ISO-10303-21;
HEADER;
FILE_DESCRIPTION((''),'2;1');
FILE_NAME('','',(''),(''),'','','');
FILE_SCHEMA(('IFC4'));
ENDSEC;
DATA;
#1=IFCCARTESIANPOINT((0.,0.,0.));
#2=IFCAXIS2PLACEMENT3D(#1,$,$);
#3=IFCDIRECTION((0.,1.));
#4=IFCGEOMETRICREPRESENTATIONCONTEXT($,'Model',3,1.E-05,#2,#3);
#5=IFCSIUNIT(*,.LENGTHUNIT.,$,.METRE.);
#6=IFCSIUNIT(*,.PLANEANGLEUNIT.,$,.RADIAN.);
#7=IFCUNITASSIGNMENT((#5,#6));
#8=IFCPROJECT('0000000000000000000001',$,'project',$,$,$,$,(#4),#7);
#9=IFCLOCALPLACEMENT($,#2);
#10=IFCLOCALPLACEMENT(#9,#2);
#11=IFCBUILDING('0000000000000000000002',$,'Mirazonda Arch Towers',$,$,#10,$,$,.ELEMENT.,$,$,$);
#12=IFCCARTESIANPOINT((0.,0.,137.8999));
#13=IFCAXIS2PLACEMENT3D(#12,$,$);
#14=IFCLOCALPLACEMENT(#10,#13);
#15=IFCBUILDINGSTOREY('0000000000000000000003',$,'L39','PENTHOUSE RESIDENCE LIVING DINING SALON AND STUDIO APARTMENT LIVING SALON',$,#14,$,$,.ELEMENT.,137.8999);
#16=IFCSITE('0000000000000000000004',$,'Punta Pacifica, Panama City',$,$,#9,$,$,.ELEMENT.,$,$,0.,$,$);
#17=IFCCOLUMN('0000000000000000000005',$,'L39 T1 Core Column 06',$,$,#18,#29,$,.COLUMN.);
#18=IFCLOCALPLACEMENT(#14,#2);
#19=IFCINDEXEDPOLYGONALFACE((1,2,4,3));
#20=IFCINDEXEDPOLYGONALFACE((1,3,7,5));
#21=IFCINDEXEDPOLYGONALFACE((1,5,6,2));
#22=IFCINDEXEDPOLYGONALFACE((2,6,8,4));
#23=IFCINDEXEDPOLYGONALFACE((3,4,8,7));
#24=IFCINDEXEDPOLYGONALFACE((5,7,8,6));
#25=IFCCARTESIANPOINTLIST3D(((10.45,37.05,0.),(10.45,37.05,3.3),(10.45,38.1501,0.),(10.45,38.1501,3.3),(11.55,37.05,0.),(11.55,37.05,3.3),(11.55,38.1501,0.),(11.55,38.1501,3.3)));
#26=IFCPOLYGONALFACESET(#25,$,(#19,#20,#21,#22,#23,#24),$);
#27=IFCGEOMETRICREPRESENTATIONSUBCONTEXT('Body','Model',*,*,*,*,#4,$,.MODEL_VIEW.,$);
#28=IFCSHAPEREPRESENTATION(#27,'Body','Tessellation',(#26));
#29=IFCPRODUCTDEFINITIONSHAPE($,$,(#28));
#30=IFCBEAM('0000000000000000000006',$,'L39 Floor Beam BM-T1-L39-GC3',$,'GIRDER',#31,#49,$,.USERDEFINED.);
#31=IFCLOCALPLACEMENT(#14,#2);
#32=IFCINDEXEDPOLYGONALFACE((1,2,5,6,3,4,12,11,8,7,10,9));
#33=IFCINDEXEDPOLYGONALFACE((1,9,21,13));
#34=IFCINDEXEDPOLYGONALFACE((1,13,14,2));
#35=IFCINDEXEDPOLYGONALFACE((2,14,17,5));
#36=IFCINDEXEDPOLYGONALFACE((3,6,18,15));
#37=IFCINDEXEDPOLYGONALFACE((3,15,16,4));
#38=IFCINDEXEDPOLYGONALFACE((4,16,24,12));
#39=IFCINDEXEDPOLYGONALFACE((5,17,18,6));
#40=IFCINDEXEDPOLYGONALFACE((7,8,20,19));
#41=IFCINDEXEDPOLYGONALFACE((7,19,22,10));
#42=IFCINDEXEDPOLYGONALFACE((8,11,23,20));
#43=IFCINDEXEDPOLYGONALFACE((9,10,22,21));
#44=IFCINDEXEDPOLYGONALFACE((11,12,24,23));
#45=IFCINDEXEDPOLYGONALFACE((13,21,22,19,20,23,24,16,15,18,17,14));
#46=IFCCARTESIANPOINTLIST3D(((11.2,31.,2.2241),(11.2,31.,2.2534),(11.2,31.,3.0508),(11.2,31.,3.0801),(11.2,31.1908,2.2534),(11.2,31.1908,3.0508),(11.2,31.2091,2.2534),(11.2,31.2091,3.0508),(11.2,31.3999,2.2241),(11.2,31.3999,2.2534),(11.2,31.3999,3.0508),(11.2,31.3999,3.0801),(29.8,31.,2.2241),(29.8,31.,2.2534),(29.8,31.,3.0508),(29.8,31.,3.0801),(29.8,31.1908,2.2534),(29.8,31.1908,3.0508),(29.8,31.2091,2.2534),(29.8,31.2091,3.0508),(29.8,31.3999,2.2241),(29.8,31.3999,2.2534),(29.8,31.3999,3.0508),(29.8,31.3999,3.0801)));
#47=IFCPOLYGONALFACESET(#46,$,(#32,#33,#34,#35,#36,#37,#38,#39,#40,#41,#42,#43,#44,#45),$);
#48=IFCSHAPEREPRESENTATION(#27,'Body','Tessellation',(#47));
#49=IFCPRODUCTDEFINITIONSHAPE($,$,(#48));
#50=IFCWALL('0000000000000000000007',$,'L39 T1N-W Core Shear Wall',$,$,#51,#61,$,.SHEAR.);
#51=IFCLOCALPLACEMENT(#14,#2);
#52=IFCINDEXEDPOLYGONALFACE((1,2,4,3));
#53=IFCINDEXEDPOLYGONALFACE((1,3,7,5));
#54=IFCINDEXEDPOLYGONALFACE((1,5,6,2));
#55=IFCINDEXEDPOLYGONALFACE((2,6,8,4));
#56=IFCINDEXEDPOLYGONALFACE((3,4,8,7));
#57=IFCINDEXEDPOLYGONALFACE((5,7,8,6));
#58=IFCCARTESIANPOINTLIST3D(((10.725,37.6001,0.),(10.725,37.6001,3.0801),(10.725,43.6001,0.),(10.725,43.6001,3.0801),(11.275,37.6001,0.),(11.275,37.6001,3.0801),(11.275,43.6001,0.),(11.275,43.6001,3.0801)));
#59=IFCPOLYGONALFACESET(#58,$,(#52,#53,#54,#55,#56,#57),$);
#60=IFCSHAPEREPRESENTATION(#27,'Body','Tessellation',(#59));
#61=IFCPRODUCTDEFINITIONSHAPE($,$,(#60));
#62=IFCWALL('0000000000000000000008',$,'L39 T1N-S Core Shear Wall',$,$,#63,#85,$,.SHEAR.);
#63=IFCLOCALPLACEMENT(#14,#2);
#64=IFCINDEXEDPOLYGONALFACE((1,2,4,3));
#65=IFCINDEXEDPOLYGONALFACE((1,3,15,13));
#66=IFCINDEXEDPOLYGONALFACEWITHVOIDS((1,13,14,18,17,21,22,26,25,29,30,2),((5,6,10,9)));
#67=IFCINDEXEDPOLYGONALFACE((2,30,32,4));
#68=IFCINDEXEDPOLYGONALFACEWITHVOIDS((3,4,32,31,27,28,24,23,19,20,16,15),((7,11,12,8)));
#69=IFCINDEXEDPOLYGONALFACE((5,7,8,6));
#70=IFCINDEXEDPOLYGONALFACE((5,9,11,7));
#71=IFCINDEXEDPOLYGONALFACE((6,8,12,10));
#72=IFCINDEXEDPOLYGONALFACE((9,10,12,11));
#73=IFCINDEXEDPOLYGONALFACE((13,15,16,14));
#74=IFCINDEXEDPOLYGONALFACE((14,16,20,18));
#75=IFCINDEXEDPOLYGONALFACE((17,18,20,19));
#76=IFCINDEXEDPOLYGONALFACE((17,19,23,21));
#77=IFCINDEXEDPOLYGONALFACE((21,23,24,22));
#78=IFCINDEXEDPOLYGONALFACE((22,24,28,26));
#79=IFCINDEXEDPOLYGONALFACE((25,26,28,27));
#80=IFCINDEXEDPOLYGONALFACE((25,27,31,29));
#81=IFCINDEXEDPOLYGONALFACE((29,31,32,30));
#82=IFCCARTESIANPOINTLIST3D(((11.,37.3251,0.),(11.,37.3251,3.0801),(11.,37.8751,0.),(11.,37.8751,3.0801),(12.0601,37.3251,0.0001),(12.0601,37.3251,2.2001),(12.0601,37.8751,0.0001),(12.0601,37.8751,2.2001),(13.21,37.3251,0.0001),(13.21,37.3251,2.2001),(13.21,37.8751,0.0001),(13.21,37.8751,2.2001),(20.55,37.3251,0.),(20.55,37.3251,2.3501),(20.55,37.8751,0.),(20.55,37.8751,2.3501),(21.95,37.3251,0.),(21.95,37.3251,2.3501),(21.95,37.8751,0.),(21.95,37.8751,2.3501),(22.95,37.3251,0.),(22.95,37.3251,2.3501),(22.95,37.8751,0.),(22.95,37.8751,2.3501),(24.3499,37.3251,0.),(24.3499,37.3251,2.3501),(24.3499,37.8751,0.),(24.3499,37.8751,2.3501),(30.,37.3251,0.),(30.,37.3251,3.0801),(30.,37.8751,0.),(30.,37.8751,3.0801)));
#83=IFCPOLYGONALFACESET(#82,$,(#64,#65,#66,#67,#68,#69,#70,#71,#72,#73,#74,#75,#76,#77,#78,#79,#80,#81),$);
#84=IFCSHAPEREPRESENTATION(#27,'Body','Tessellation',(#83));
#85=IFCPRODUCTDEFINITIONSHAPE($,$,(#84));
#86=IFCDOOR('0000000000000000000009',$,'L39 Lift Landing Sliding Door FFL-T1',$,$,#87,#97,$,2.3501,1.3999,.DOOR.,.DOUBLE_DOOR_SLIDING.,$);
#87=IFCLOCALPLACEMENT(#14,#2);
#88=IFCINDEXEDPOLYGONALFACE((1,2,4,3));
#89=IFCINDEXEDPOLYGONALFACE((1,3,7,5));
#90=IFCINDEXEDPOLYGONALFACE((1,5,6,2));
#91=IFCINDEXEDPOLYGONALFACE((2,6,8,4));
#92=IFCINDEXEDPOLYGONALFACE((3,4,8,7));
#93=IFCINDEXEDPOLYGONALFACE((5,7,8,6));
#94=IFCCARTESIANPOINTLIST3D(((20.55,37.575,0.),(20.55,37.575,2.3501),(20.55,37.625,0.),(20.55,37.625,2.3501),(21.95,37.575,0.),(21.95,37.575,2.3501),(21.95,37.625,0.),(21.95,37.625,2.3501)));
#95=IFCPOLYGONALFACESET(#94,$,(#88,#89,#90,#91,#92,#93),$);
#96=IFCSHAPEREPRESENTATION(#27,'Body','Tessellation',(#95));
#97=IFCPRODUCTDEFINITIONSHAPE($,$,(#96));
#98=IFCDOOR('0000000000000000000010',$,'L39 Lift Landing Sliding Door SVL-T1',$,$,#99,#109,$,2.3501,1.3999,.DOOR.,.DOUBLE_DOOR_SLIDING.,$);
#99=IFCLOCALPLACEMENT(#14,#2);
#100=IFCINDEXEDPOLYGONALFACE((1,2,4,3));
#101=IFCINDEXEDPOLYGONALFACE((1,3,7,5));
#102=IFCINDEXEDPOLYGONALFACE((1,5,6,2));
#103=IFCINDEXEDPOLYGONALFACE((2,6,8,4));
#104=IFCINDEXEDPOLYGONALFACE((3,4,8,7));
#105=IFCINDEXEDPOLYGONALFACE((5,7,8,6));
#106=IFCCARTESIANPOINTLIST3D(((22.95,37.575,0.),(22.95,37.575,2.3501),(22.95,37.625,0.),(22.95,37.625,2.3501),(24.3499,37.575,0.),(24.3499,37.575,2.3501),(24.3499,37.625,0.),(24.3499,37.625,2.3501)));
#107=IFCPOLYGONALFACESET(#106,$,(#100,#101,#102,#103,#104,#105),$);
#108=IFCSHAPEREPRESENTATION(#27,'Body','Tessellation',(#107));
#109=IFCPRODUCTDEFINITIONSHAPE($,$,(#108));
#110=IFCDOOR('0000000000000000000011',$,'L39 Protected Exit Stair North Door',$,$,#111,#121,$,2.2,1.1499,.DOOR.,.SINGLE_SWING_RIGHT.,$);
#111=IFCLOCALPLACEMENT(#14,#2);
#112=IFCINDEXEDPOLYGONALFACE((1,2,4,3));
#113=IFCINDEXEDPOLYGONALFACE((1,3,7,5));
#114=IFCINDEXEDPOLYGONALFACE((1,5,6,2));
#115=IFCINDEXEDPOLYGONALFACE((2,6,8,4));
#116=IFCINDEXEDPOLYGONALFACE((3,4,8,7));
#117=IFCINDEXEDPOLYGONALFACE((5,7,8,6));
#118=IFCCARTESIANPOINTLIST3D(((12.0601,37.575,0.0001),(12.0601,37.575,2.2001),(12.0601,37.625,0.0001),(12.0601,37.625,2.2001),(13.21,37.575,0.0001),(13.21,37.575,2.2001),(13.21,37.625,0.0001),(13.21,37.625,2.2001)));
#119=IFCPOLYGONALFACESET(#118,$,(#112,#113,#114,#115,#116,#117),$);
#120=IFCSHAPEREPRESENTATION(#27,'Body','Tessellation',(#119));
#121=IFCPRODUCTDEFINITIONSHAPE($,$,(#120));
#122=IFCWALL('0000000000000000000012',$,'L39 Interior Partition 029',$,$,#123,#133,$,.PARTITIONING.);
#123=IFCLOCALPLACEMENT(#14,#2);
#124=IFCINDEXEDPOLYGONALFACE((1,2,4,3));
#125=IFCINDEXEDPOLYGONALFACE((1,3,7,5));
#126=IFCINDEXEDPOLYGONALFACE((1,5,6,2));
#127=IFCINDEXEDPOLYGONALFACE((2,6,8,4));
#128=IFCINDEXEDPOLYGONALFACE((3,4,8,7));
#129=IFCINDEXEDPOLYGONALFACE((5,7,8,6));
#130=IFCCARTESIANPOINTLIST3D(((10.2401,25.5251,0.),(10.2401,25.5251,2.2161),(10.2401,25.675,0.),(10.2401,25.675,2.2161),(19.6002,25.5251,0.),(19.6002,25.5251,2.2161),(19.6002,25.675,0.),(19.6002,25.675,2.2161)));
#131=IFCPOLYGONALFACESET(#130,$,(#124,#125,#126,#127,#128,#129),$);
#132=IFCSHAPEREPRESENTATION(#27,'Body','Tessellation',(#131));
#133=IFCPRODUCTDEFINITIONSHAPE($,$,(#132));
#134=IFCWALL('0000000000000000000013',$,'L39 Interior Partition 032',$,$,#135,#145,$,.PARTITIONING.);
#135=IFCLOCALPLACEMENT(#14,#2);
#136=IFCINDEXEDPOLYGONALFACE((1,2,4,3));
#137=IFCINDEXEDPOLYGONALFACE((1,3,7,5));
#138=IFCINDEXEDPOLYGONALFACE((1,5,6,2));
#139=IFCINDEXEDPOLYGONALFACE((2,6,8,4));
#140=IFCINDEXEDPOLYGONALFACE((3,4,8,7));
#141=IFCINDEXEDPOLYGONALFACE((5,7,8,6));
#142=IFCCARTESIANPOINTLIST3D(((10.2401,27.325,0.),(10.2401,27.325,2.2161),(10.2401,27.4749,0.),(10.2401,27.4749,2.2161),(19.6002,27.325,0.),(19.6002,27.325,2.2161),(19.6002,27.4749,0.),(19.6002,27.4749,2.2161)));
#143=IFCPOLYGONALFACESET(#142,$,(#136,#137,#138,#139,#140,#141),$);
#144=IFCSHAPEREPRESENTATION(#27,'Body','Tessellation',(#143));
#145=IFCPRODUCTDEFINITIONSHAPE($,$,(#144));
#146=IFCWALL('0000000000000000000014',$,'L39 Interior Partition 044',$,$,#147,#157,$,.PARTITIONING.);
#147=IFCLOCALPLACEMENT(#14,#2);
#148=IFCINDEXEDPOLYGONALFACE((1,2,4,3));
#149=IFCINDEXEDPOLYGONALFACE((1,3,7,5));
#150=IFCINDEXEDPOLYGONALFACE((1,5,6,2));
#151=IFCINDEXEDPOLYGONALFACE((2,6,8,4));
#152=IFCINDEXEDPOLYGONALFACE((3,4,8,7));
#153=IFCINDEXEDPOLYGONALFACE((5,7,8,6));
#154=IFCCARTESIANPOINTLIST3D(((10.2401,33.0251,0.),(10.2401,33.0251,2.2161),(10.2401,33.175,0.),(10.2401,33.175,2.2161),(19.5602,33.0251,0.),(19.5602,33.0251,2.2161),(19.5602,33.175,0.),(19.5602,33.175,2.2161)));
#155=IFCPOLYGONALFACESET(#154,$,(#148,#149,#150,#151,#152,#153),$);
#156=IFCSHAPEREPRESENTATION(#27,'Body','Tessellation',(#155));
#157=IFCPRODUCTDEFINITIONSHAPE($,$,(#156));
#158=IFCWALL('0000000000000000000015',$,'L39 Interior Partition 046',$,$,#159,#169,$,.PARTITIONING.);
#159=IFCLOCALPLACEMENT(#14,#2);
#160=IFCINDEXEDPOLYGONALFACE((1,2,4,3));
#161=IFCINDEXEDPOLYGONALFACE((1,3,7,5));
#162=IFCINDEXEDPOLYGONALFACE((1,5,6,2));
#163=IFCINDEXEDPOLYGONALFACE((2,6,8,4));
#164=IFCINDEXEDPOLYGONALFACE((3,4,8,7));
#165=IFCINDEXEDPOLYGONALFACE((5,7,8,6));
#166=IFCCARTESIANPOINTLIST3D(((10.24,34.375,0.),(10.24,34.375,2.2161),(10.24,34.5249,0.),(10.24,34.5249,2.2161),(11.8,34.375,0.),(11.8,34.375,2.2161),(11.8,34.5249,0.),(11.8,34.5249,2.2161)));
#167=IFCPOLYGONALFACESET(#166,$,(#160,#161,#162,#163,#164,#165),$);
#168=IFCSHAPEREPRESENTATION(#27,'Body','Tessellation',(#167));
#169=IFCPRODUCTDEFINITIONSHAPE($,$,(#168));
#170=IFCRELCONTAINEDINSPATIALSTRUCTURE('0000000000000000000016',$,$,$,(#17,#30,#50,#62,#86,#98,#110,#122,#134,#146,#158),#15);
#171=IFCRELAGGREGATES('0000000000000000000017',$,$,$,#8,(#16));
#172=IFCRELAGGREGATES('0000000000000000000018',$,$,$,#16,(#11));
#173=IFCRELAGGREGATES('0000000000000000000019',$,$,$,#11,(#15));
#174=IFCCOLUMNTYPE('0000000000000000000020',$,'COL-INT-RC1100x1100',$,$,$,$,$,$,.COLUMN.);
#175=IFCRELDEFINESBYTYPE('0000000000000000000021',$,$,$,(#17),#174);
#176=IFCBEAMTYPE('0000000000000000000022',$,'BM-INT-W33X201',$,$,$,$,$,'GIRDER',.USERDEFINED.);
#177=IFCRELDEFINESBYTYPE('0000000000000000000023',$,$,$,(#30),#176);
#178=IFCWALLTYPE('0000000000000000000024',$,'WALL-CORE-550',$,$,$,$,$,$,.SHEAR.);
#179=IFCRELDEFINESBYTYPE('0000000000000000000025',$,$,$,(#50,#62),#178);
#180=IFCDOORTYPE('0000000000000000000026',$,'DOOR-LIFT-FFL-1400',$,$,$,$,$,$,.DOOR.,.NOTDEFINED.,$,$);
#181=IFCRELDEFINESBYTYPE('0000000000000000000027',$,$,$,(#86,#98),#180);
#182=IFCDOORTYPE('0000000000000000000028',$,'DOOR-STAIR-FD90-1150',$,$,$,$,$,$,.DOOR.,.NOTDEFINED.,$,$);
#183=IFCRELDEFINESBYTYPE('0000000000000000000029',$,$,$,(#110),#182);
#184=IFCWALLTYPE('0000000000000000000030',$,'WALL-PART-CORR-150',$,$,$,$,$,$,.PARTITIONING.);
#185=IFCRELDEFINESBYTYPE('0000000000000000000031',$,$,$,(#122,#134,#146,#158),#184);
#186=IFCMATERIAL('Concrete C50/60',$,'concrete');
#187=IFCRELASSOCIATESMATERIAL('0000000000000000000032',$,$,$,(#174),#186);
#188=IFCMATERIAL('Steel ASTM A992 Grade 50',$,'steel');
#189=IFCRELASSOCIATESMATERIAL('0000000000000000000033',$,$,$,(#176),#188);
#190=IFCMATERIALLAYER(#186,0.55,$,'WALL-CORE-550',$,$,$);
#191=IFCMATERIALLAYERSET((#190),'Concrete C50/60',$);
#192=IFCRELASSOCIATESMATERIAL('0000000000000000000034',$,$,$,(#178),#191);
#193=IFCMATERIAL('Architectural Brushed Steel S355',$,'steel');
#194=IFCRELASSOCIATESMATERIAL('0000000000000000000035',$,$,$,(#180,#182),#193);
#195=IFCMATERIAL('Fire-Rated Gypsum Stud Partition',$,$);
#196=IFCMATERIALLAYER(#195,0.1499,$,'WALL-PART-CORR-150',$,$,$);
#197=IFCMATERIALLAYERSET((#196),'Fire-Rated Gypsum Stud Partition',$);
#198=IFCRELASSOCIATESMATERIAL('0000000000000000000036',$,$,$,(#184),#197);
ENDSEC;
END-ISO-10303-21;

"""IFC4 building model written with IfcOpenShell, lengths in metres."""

from ifc_helpers import new_model, si_unit, direction, frame, frame_2d, origin, origin_2d, place, context, subcontext, project, spatial, rectangle, i_section, extrude, material, layer, layer_set, material_profile, profile_set, type_object, element, fill, save


model = new_model("IFC4")

# Units and contexts
model_context = context("Model", 3, precision=1e-05, world=origin(), true_north=direction((0.0, 1.0)))
body_context = subcontext(model_context, "Body", "Model", "MODEL_VIEW")
ifc_project = project(units=[si_unit("LENGTHUNIT", "METRE"), si_unit("PLANEANGLEUNIT", "RADIAN")], contexts=[model_context])

# Site, building, storey
site_placement = place(None, origin())
site = spatial("IfcSite", under=ifc_project, at=site_placement, Name="Punta Pacifica, Panama City", CompositionType="ELEMENT", RefElevation=0.0)
building_placement = place(site_placement, origin())
building = spatial("IfcBuilding", under=site, at=building_placement, Name="Mirazonda Arch Towers", CompositionType="ELEMENT")
storey_placement = place(building_placement, frame((0.0, 0.0, 137.8999)))
storey = spatial("IfcBuildingStorey", under=building, at=storey_placement, Name="L39", Description="PENTHOUSE RESIDENCE LIVING DINING SALON AND STUDIO APARTMENT LIVING SALON", CompositionType="ELEMENT", Elevation=137.8999)

# Column
ifc_material_1 = material(Name="Concrete C50/60", Category="concrete")
ifc_material_profile_1 = material_profile(ifc_material_1, rectangle(XDim=1.1001, YDim=1.1001, at=origin_2d()), Name="RC1100x1100")
ifc_profile_set_1 = profile_set([ifc_material_profile_1], Name="Concrete C50/60")
column_type = type_object("IfcColumnType", Name="COL-INT-RC1100x1100", PredefinedType="COLUMN", material=ifc_profile_set_1)
column_placement = place(storey_placement, frame((11.0, 37.6001, 0.0), z_axis=(0.0, 0.0, 1.0), x_axis=(1.0, 0.0, 0.0)))
element("IfcColumn", 1, at=column_placement, inside=storey, type_object=column_type, Name="L39 T1 Core Column 06", PredefinedType="COLUMN", context=body_context, shape_type="SweptSolid", body=[
    extrude(rectangle(XDim=1.1001, YDim=1.1001, at=origin_2d()), origin(), (0.0, 0.0, 1.0), 3.3),
])

# Beam
ifc_material_2 = material(Name="Steel ASTM A992 Grade 50", Category="steel")
ifc_material_profile_2 = material_profile(ifc_material_2, i_section(OverallWidth=0.3999, OverallDepth=0.856, WebThickness=0.0183, FlangeThickness=0.0293, at=origin_2d()), Name="W33X201")
ifc_profile_set_2 = profile_set([ifc_material_profile_2], Name="Steel ASTM A992 Grade 50")
beam_type = type_object("IfcBeamType", Name="BM-INT-W33X201", ElementType="GIRDER", PredefinedType="USERDEFINED", material=ifc_profile_set_2)
beam_placement = place(storey_placement, frame((11.2, 31.2, 2.6521), z_axis=(1.0, 0.0, 0.0), x_axis=(0.0, 1.0, 0.0)))
element("IfcBeam", 2, at=beam_placement, inside=storey, type_object=beam_type, Name="L39 Floor Beam BM-T1-L39-GC3", ObjectType="GIRDER", PredefinedType="USERDEFINED", context=body_context, shape_type="SweptSolid", body=[
    extrude(i_section(OverallWidth=0.3999, OverallDepth=0.856, WebThickness=0.0183, FlangeThickness=0.0293, at=origin_2d()), origin(), (0.0, 0.0, 1.0), 18.6001),
])

# Wall
ifc_layer_1 = layer(ifc_material_1, 0.55, Name="WALL-CORE-550")
ifc_layer_set_1 = layer_set([ifc_layer_1], Name="Concrete C50/60")
wall_type_1 = type_object("IfcWallType", Name="WALL-CORE-550", PredefinedType="SHEAR", material=ifc_layer_set_1)
wall_1_placement = place(storey_placement, frame((11.0, 37.6001, 0.0), z_axis=(0.0, 0.0, 1.0), x_axis=(0.0, 1.0, 0.0)))
element("IfcWall", 3, at=wall_1_placement, inside=storey, type_object=wall_type_1, Name="L39 T1N-W Core Shear Wall", PredefinedType="SHEAR", context=body_context, shape_type="SweptSolid", body=[
    extrude(rectangle(XDim=6.0, YDim=0.55, at=frame_2d((3.0, 0.0))), origin(), (0.0, 0.0, 1.0), 3.0801),
])

# Wall, openings, doors
wall_2_placement = place(storey_placement, frame((11.0, 37.6001, 0.0), z_axis=(0.0, 0.0, 1.0), x_axis=(1.0, 0.0, 0.0)))
wall_2 = element("IfcWall", 4, at=wall_2_placement, inside=storey, type_object=wall_type_1, Name="L39 T1N-S Core Shear Wall", PredefinedType="SHEAR", context=body_context, shape_type="SweptSolid", body=[
    extrude(rectangle(XDim=19.0, YDim=0.55, at=frame_2d((9.5, 0.0))), origin(), (0.0, 0.0, 1.0), 3.0801),
])
opening_1_placement = place(wall_2_placement, frame((1.0601, 0.0, 0.0)))
opening_1 = element("IfcOpeningElement", 5, at=opening_1_placement, cuts=wall_2, PredefinedType="OPENING", context=body_context, shape_type="SweptSolid", body=[
    extrude(rectangle(XDim=1.1499, YDim=2.2, at=frame_2d((0.575, 1.1001))), frame((0.0, 0.2849, 0.0), z_axis=(0.0, -1.0, 0.0), x_axis=(1.0, 0.0, 0.0)), (0.0, 0.0, 1.0), 0.5701),
])
opening_2_placement = place(wall_2_placement, frame((9.55, 0.0, 0.0)))
opening_2 = element("IfcOpeningElement", 6, at=opening_2_placement, cuts=wall_2, PredefinedType="OPENING", context=body_context, shape_type="SweptSolid", body=[
    extrude(rectangle(XDim=1.3999, YDim=2.3501, at=frame_2d((0.7, 1.175))), frame((0.0, 0.2849, 0.0), z_axis=(0.0, -1.0, 0.0), x_axis=(1.0, 0.0, 0.0)), (0.0, 0.0, 1.0), 0.5701),
])
opening_3_placement = place(wall_2_placement, frame((11.95, 0.0, 0.0)))
opening_3 = element("IfcOpeningElement", 7, at=opening_3_placement, cuts=wall_2, PredefinedType="OPENING", context=body_context, shape_type="SweptSolid", body=[
    extrude(rectangle(XDim=1.3999, YDim=2.3501, at=frame_2d((0.7, 1.175))), frame((0.0, 0.2849, 0.0), z_axis=(0.0, -1.0, 0.0), x_axis=(1.0, 0.0, 0.0)), (0.0, 0.0, 1.0), 0.5701),
])
ifc_material_3 = material(Name="Architectural Brushed Steel S355", Category="steel")
door_type_1 = type_object("IfcDoorType", Name="DOOR-LIFT-FFL-1400", OperationType="NOTDEFINED", PredefinedType="DOOR", material=ifc_material_3)
door_1_placement = place(opening_2_placement, origin())
door_1 = element("IfcDoor", 8, at=door_1_placement, inside=storey, type_object=door_type_1, Name="L39 Lift Landing Sliding Door FFL-T1", OperationType="DOUBLE_DOOR_SLIDING", OverallHeight=2.3501, OverallWidth=1.3999, PredefinedType="DOOR", context=body_context, shape_type="SweptSolid", body=[
    extrude(rectangle(XDim=1.3999, YDim=2.3501, at=frame_2d((0.7, 1.175))), frame((0.0, 0.0249, 0.0), z_axis=(0.0, -1.0, 0.0), x_axis=(1.0, 0.0, 0.0)), (0.0, 0.0, 1.0), 0.05),
])
fill(opening_2, door_1)
door_2_placement = place(opening_3_placement, origin())
door_2 = element("IfcDoor", 9, at=door_2_placement, inside=storey, type_object=door_type_1, Name="L39 Lift Landing Sliding Door SVL-T1", OperationType="DOUBLE_DOOR_SLIDING", OverallHeight=2.3501, OverallWidth=1.3999, PredefinedType="DOOR", context=body_context, shape_type="SweptSolid", body=[
    extrude(rectangle(XDim=1.3999, YDim=2.3501, at=frame_2d((0.7, 1.175))), frame((0.0, 0.0249, 0.0), z_axis=(0.0, -1.0, 0.0), x_axis=(1.0, 0.0, 0.0)), (0.0, 0.0, 1.0), 0.05),
])
fill(opening_3, door_2)
door_type_2 = type_object("IfcDoorType", Name="DOOR-STAIR-FD90-1150", OperationType="NOTDEFINED", PredefinedType="DOOR", material=ifc_material_3)
door_3_placement = place(opening_1_placement, origin())
door_3 = element("IfcDoor", 10, at=door_3_placement, inside=storey, type_object=door_type_2, Name="L39 Protected Exit Stair North Door", OperationType="SINGLE_SWING_RIGHT", OverallHeight=2.2, OverallWidth=1.1499, PredefinedType="DOOR", context=body_context, shape_type="SweptSolid", body=[
    extrude(rectangle(XDim=1.1499, YDim=2.2, at=frame_2d((0.575, 1.1001))), frame((0.0, 0.0249, 0.0), z_axis=(0.0, -1.0, 0.0), x_axis=(1.0, 0.0, 0.0)), (0.0, 0.0, 1.0), 0.05),
])
fill(opening_1, door_3)

# Walls
ifc_material_4 = material(Name="Fire-Rated Gypsum Stud Partition")
ifc_layer_2 = layer(ifc_material_4, 0.1499, Name="WALL-PART-CORR-150")
ifc_layer_set_2 = layer_set([ifc_layer_2], Name="Fire-Rated Gypsum Stud Partition")
wall_type_2 = type_object("IfcWallType", Name="WALL-PART-CORR-150", PredefinedType="PARTITIONING", material=ifc_layer_set_2)
for number, where, z_axis, x_axis, name in (
    (11, (10.24, 25.6001, 0.0), (0.0, 0.0, 1.0), (1.0, 0.0, 0.0), "L39 Interior Partition 029"),
    (12, (10.24, 27.3999, 0.0), (0.0, 0.0, 1.0), (1.0, 0.0, 0.0), "L39 Interior Partition 032"),
):
    element("IfcWall", number, at=place(storey_placement, frame(where, z_axis=z_axis, x_axis=x_axis)), inside=storey, type_object=wall_type_2, Name=name, PredefinedType="PARTITIONING", context=body_context, shape_type="SweptSolid", body=[
        extrude(rectangle(XDim=9.3601, YDim=0.1499, at=frame_2d((4.6802, 0.0))), origin(), (0.0, 0.0, 1.0), 2.2161),
    ])
wall_3_placement = place(storey_placement, frame((10.24, 33.1001, 0.0), z_axis=(0.0, 0.0, 1.0), x_axis=(1.0, 0.0, 0.0)))
element("IfcWall", 13, at=wall_3_placement, inside=storey, type_object=wall_type_2, Name="L39 Interior Partition 044", PredefinedType="PARTITIONING", context=body_context, shape_type="SweptSolid", body=[
    extrude(rectangle(XDim=9.3201, YDim=0.1499, at=frame_2d((4.6602, 0.0))), origin(), (0.0, 0.0, 1.0), 2.2161),
])
wall_4_placement = place(storey_placement, frame((10.24, 34.45, 0.0), z_axis=(0.0, 0.0, 1.0), x_axis=(1.0, 0.0, 0.0)))
element("IfcWall", 14, at=wall_4_placement, inside=storey, type_object=wall_type_2, Name="L39 Interior Partition 046", PredefinedType="PARTITIONING", context=body_context, shape_type="SweptSolid", body=[
    extrude(rectangle(XDim=1.5601, YDim=0.1499, at=frame_2d((0.78, 0.0))), origin(), (0.0, 0.0, 1.0), 2.2161),
])

save(model, "model.ifc")
